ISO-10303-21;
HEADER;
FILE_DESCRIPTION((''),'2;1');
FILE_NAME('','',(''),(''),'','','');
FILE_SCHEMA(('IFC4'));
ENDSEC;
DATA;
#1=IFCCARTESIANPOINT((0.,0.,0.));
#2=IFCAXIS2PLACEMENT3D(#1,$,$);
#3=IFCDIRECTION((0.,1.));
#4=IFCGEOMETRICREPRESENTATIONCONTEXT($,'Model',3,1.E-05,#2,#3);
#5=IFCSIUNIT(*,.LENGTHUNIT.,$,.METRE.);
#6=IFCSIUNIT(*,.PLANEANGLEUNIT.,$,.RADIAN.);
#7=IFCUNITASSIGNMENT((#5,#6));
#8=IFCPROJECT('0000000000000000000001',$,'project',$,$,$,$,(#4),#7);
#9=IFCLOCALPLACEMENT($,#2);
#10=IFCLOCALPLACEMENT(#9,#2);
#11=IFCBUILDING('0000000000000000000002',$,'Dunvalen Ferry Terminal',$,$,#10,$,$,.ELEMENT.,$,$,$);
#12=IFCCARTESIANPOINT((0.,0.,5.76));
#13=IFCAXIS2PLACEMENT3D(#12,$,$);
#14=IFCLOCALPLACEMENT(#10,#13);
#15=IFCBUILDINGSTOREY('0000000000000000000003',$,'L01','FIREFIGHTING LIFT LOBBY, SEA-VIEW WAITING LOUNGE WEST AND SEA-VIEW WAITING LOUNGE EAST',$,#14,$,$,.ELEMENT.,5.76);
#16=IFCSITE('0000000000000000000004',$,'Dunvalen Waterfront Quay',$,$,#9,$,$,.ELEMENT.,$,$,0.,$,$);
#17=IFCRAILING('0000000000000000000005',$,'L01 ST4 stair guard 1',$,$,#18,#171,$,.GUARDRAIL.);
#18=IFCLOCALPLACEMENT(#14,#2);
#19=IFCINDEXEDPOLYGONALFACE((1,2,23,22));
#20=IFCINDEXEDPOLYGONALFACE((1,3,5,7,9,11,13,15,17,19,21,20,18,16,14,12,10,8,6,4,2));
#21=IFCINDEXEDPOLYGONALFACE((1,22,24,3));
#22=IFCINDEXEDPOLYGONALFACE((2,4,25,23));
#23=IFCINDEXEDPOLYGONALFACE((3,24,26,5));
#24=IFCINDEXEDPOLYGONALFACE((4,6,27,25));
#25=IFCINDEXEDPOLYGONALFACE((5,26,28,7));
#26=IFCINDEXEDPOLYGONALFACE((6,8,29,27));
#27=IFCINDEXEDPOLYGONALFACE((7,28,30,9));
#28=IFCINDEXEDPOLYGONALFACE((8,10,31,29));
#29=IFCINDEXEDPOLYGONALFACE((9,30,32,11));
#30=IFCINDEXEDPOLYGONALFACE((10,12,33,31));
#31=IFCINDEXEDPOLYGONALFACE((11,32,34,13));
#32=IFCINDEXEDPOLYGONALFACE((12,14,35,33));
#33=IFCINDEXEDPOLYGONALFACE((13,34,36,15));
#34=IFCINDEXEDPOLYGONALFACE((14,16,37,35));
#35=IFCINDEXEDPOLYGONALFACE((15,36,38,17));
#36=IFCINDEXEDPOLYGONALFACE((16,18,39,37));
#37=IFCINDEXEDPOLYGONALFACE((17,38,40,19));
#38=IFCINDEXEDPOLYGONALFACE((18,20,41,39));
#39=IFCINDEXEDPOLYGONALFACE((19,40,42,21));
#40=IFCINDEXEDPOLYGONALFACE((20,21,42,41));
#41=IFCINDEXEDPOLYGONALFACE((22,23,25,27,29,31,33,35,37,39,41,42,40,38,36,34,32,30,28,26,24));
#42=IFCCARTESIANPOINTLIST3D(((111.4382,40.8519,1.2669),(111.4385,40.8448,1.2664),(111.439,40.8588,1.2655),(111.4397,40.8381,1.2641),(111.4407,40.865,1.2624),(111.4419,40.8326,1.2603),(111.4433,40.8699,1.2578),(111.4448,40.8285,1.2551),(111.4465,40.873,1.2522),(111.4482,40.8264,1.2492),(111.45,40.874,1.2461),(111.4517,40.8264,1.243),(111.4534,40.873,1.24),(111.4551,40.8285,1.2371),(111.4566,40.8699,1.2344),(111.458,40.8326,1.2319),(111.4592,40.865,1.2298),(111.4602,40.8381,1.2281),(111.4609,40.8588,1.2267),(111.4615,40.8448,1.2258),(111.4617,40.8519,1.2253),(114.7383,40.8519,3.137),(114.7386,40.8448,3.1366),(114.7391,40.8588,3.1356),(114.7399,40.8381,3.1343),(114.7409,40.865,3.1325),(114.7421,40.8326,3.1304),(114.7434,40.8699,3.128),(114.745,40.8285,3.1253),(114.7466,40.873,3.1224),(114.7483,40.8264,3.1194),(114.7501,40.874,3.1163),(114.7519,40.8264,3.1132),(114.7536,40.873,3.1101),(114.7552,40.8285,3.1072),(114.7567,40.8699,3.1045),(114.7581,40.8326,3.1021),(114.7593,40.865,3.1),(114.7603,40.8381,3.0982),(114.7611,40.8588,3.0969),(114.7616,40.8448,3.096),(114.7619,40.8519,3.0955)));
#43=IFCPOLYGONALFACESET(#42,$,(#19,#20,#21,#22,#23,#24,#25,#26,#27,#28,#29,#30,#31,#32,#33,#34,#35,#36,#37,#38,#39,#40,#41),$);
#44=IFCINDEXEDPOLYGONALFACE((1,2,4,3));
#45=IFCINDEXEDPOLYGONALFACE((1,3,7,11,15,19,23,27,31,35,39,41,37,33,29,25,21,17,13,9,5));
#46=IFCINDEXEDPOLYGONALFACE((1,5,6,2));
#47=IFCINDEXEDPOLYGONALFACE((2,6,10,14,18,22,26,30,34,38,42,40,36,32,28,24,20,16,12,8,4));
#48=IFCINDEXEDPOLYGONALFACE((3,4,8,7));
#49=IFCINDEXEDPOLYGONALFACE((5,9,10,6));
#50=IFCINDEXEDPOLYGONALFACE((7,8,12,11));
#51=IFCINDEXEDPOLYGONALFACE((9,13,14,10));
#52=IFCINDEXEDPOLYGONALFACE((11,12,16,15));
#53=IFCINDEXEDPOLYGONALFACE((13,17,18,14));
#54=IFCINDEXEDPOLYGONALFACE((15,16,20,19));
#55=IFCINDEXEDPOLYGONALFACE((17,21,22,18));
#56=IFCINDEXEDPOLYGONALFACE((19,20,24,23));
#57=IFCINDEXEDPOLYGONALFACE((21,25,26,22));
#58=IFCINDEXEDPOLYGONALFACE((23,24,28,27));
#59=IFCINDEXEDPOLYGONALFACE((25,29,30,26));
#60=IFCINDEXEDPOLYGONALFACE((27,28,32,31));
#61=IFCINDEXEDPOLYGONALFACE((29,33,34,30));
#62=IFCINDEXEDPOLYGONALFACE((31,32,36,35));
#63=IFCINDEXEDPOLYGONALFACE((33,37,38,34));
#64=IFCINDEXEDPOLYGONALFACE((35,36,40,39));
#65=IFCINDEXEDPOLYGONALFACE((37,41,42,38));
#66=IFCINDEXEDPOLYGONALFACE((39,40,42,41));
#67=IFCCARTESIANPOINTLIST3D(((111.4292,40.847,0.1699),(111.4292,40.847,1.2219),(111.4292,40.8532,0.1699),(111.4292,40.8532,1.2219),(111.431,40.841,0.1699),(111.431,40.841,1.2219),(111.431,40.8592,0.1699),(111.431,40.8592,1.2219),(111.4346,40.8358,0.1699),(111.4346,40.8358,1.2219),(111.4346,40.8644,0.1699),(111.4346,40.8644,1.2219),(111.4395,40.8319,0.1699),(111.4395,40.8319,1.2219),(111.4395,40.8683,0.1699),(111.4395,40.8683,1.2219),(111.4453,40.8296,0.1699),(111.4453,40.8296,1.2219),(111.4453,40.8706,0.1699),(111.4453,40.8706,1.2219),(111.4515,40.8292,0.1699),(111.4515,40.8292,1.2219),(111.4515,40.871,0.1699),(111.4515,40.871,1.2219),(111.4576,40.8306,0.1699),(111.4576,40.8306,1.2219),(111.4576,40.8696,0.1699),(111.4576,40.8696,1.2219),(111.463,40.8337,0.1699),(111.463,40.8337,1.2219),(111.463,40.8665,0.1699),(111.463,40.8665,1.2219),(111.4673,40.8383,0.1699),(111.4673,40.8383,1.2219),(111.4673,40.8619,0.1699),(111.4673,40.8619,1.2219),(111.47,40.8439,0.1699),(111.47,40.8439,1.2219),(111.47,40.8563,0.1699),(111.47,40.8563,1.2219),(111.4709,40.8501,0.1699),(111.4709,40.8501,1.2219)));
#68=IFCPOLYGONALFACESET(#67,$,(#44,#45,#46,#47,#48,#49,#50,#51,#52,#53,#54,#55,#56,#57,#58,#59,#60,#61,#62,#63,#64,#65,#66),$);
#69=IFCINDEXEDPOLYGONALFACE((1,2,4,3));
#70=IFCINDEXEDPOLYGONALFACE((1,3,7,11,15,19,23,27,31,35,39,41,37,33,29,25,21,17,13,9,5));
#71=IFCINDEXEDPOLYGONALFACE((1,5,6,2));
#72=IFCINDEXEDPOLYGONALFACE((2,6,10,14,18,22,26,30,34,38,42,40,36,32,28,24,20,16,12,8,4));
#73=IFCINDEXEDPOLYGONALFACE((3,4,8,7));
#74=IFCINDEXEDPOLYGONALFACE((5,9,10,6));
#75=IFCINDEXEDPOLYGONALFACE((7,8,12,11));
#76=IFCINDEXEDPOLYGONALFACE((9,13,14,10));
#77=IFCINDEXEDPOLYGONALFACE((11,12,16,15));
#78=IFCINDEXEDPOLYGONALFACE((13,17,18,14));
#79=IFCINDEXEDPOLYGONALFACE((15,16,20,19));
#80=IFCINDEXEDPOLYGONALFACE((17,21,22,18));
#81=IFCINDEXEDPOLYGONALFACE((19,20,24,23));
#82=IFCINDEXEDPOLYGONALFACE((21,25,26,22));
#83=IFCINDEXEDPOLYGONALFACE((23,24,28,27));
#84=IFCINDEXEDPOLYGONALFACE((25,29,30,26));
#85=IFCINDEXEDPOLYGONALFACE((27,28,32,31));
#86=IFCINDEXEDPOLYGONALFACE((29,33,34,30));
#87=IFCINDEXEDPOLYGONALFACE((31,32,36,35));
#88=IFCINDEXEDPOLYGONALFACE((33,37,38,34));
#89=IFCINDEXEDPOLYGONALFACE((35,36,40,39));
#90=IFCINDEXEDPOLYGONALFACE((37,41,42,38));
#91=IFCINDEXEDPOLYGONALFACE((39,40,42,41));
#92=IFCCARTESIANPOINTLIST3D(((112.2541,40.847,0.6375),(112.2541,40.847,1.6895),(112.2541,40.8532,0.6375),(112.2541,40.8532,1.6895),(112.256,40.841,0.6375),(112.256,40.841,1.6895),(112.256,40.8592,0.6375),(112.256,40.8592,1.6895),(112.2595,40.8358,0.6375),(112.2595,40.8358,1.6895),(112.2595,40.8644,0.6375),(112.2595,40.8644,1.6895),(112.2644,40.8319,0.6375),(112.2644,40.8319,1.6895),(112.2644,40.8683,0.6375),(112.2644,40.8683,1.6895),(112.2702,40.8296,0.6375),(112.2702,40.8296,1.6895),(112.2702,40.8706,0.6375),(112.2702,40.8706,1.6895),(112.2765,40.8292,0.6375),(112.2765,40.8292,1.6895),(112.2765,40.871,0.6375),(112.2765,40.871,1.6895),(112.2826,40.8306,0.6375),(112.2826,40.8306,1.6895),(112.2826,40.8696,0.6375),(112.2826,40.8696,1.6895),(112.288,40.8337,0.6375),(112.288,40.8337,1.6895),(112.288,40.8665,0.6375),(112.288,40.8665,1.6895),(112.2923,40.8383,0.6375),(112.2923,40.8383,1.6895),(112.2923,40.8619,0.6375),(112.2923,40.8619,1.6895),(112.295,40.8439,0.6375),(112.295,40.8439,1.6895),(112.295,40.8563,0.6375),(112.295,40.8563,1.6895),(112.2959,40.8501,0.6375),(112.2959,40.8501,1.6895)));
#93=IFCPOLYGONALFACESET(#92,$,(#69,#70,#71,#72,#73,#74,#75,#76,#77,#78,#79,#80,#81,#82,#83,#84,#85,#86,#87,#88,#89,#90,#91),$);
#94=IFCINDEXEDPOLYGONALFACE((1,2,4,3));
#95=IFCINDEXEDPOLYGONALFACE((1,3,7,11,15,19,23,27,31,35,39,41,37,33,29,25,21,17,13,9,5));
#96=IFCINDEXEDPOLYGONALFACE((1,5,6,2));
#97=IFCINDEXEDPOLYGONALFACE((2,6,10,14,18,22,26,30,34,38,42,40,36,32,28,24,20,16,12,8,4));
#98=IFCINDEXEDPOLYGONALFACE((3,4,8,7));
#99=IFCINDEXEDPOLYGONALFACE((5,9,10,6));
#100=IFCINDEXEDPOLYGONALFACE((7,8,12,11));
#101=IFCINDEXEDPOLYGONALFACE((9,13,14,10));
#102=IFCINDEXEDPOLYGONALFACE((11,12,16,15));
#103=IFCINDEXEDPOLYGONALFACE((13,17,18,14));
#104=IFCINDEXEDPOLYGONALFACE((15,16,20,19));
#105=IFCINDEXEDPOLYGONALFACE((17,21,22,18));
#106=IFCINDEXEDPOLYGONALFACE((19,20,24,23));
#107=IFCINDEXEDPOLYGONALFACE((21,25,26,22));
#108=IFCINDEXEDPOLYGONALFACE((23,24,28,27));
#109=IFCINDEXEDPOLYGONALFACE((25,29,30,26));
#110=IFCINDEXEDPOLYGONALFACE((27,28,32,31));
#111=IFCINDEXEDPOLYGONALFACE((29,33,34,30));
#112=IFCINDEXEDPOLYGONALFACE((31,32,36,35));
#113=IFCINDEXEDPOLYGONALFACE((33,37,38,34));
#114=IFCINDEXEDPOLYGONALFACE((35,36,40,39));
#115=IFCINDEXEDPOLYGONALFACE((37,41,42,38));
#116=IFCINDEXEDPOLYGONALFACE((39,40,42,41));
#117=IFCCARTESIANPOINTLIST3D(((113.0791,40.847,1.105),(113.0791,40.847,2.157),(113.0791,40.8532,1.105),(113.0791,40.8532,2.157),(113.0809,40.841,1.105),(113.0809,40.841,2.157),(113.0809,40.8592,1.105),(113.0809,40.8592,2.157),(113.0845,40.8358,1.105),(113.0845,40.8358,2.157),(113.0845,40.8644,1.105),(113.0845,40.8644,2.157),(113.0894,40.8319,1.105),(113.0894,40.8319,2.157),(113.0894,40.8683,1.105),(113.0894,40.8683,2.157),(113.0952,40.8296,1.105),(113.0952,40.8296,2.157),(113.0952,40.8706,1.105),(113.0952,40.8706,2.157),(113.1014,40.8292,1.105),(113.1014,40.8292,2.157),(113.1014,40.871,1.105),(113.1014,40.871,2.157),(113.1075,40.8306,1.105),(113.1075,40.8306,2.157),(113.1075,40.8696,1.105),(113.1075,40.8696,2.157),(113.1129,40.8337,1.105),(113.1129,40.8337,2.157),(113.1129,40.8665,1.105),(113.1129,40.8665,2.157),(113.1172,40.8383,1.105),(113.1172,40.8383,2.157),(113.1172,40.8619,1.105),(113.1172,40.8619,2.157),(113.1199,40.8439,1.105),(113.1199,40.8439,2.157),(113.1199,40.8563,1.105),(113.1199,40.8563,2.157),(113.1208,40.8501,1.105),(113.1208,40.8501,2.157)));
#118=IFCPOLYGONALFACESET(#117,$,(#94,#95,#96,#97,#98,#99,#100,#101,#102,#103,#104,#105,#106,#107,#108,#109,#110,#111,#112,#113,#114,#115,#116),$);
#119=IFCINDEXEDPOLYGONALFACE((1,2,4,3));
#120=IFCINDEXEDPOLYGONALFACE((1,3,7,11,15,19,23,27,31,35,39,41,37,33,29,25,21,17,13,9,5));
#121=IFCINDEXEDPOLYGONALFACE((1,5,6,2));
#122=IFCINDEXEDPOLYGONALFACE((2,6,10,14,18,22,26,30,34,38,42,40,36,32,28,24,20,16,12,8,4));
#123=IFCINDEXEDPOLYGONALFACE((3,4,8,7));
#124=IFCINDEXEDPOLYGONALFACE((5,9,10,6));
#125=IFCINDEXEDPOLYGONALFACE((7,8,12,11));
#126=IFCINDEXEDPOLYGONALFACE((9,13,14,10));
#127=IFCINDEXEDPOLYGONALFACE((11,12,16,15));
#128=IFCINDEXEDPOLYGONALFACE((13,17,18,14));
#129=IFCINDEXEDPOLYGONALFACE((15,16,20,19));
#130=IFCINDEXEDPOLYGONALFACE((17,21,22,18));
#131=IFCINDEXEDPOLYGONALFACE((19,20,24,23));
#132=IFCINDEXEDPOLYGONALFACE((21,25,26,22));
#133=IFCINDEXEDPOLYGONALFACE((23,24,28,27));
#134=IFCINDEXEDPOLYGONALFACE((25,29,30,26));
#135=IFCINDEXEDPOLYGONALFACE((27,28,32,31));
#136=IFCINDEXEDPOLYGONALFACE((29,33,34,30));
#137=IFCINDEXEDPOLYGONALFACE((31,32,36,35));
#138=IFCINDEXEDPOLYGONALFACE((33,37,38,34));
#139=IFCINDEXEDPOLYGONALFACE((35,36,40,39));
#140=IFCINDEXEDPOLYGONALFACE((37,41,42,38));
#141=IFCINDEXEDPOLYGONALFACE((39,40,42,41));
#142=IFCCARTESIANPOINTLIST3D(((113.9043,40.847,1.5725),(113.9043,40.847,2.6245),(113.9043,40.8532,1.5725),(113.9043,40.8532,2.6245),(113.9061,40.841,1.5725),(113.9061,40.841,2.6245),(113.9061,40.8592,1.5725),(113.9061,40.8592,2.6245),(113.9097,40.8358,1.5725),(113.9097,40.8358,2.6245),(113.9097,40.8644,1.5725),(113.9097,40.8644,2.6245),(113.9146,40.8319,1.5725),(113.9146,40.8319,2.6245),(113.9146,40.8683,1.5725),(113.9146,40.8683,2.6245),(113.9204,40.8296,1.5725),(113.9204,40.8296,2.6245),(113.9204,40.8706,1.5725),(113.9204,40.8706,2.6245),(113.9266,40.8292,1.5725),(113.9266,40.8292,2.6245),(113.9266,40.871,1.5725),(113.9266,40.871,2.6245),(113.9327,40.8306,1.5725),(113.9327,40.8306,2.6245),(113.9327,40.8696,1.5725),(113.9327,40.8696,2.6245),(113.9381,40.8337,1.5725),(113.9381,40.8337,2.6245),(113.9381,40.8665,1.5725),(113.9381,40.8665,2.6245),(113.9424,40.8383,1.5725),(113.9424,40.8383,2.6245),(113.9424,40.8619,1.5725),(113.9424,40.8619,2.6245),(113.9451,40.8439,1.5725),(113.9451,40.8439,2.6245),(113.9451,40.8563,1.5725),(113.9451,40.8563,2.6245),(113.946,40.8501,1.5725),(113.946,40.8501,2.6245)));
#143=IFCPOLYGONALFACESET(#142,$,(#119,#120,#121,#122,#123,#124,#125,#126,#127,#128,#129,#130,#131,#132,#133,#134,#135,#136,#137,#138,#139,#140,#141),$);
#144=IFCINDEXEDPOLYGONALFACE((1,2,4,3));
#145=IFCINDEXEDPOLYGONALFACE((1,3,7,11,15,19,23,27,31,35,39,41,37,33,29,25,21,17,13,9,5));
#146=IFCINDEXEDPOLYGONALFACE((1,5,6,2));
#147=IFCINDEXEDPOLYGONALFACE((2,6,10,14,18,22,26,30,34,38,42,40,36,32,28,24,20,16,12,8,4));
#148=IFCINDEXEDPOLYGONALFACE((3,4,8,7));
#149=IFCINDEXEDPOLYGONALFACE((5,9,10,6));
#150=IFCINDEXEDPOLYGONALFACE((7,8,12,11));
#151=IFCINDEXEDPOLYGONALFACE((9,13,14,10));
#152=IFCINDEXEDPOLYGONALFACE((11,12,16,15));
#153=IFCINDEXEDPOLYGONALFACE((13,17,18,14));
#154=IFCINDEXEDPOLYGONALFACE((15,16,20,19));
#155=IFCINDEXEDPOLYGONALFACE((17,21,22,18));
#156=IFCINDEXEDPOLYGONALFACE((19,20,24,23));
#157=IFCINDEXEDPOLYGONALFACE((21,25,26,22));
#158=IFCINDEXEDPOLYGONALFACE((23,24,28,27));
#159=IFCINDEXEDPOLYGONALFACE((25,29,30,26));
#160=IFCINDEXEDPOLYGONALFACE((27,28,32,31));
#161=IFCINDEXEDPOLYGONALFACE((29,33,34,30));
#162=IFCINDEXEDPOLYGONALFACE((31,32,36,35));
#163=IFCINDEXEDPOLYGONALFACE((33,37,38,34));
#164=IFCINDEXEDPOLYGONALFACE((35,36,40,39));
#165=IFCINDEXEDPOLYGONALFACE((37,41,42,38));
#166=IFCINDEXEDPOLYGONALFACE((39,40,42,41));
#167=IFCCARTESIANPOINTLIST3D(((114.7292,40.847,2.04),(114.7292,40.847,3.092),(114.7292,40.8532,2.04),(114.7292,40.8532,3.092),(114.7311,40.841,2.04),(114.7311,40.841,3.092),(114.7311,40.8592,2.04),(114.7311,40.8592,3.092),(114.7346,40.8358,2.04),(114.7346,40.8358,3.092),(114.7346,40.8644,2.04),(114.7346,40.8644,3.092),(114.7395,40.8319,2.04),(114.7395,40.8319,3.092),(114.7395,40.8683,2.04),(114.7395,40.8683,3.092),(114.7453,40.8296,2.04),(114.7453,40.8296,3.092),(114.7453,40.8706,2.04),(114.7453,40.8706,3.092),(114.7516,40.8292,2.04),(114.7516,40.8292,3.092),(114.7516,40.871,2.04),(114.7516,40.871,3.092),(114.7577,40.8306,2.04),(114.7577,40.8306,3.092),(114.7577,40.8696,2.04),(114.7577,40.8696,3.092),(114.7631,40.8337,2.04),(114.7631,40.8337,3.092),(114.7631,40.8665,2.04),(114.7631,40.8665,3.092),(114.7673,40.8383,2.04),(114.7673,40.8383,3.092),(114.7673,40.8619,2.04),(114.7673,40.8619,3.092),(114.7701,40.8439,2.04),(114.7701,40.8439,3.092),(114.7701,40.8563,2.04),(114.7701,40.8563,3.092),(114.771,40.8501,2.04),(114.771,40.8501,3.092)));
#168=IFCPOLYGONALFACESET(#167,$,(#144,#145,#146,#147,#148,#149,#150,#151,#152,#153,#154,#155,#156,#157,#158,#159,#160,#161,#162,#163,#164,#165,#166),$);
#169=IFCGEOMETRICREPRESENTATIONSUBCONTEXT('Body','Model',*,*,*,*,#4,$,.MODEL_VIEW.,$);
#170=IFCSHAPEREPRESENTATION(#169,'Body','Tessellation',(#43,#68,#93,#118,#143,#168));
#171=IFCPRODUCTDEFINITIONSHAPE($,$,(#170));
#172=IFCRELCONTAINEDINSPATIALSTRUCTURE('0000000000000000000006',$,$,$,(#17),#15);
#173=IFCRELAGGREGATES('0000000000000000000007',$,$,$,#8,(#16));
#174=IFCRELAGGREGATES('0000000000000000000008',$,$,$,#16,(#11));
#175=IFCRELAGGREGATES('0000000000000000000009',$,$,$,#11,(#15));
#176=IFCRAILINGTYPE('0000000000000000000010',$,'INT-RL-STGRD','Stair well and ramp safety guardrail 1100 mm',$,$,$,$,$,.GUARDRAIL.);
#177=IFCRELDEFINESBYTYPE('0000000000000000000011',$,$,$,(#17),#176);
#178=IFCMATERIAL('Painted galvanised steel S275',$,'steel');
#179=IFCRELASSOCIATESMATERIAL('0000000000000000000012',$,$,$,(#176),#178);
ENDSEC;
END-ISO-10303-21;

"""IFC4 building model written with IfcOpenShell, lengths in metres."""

from ifc_helpers import new_model, si_unit, direction, frame, origin, origin_2d, place, context, subcontext, project, spatial, circle, extrude, material, type_object, element, save


model = new_model("IFC4")

# Units and contexts
model_context = context("Model", 3, precision=1e-05, world=origin(), true_north=direction((0.0, 1.0)))
body_context = subcontext(model_context, "Body", "Model", "MODEL_VIEW")
ifc_project = project(units=[si_unit("LENGTHUNIT", "METRE"), si_unit("PLANEANGLEUNIT", "RADIAN")], contexts=[model_context])

# Site, building, storey
site_placement = place(None, origin())
site = spatial("IfcSite", under=ifc_project, at=site_placement, Name="Dunvalen Waterfront Quay", CompositionType="ELEMENT", RefElevation=0.0)
building_placement = place(site_placement, origin())
building = spatial("IfcBuilding", under=site, at=building_placement, Name="Dunvalen Ferry Terminal", CompositionType="ELEMENT")
storey_placement = place(building_placement, frame((0.0, 0.0, 5.76)))
storey = spatial("IfcBuildingStorey", under=building, at=storey_placement, Name="L01", Description="FIREFIGHTING LIFT LOBBY, SEA-VIEW WAITING LOUNGE WEST AND SEA-VIEW WAITING LOUNGE EAST", CompositionType="ELEMENT", Elevation=5.76)

# Railing
ifc_material_1 = material(Name="Painted galvanised steel S275", Category="steel")
railing_type_1 = type_object("IfcRailingType", Name="INT-RL-STGRD", Description="Stair well and ramp safety guardrail 1100 mm", PredefinedType="GUARDRAIL", material=ifc_material_1)
railing_1_placement = place(storey_placement, frame((111.45, 40.8501, 0.1699)))
element("IfcRailing", 1, at=railing_1_placement, inside=storey, type_object=railing_type_1, Name="L01 ST4 stair guard 1", PredefinedType="GUARDRAIL", context=body_context, shape_type="SweptSolid", body=[
    extrude(circle(Radius=0.0239, at=origin_2d()), frame((0.0, 0.0, 1.0762), z_axis=(0.870012, 0.0, 0.49303), x_axis=(0.0, 1.0, 0.0)), (0.0, 0.0, 1.0), 3.7932),
    extrude(circle(Radius=0.021, at=origin_2d()), origin(), (0.0, 0.0, 1.0), 1.052),
    extrude(circle(Radius=0.021, at=origin_2d()), frame((0.825, 0.0, 0.4675)), (0.0, 0.0, 1.0), 1.052),
    extrude(circle(Radius=0.021, at=origin_2d()), frame((1.6499, 0.0, 0.9351)), (0.0, 0.0, 1.0), 1.052),
    extrude(circle(Radius=0.021, at=origin_2d()), frame((2.4751, 0.0, 1.4026)), (0.0, 0.0, 1.0), 1.052),
    extrude(circle(Radius=0.021, at=origin_2d()), frame((3.3, 0.0, 1.8701)), (0.0, 0.0, 1.0), 1.052),
])

save(model, "model.ifc")
